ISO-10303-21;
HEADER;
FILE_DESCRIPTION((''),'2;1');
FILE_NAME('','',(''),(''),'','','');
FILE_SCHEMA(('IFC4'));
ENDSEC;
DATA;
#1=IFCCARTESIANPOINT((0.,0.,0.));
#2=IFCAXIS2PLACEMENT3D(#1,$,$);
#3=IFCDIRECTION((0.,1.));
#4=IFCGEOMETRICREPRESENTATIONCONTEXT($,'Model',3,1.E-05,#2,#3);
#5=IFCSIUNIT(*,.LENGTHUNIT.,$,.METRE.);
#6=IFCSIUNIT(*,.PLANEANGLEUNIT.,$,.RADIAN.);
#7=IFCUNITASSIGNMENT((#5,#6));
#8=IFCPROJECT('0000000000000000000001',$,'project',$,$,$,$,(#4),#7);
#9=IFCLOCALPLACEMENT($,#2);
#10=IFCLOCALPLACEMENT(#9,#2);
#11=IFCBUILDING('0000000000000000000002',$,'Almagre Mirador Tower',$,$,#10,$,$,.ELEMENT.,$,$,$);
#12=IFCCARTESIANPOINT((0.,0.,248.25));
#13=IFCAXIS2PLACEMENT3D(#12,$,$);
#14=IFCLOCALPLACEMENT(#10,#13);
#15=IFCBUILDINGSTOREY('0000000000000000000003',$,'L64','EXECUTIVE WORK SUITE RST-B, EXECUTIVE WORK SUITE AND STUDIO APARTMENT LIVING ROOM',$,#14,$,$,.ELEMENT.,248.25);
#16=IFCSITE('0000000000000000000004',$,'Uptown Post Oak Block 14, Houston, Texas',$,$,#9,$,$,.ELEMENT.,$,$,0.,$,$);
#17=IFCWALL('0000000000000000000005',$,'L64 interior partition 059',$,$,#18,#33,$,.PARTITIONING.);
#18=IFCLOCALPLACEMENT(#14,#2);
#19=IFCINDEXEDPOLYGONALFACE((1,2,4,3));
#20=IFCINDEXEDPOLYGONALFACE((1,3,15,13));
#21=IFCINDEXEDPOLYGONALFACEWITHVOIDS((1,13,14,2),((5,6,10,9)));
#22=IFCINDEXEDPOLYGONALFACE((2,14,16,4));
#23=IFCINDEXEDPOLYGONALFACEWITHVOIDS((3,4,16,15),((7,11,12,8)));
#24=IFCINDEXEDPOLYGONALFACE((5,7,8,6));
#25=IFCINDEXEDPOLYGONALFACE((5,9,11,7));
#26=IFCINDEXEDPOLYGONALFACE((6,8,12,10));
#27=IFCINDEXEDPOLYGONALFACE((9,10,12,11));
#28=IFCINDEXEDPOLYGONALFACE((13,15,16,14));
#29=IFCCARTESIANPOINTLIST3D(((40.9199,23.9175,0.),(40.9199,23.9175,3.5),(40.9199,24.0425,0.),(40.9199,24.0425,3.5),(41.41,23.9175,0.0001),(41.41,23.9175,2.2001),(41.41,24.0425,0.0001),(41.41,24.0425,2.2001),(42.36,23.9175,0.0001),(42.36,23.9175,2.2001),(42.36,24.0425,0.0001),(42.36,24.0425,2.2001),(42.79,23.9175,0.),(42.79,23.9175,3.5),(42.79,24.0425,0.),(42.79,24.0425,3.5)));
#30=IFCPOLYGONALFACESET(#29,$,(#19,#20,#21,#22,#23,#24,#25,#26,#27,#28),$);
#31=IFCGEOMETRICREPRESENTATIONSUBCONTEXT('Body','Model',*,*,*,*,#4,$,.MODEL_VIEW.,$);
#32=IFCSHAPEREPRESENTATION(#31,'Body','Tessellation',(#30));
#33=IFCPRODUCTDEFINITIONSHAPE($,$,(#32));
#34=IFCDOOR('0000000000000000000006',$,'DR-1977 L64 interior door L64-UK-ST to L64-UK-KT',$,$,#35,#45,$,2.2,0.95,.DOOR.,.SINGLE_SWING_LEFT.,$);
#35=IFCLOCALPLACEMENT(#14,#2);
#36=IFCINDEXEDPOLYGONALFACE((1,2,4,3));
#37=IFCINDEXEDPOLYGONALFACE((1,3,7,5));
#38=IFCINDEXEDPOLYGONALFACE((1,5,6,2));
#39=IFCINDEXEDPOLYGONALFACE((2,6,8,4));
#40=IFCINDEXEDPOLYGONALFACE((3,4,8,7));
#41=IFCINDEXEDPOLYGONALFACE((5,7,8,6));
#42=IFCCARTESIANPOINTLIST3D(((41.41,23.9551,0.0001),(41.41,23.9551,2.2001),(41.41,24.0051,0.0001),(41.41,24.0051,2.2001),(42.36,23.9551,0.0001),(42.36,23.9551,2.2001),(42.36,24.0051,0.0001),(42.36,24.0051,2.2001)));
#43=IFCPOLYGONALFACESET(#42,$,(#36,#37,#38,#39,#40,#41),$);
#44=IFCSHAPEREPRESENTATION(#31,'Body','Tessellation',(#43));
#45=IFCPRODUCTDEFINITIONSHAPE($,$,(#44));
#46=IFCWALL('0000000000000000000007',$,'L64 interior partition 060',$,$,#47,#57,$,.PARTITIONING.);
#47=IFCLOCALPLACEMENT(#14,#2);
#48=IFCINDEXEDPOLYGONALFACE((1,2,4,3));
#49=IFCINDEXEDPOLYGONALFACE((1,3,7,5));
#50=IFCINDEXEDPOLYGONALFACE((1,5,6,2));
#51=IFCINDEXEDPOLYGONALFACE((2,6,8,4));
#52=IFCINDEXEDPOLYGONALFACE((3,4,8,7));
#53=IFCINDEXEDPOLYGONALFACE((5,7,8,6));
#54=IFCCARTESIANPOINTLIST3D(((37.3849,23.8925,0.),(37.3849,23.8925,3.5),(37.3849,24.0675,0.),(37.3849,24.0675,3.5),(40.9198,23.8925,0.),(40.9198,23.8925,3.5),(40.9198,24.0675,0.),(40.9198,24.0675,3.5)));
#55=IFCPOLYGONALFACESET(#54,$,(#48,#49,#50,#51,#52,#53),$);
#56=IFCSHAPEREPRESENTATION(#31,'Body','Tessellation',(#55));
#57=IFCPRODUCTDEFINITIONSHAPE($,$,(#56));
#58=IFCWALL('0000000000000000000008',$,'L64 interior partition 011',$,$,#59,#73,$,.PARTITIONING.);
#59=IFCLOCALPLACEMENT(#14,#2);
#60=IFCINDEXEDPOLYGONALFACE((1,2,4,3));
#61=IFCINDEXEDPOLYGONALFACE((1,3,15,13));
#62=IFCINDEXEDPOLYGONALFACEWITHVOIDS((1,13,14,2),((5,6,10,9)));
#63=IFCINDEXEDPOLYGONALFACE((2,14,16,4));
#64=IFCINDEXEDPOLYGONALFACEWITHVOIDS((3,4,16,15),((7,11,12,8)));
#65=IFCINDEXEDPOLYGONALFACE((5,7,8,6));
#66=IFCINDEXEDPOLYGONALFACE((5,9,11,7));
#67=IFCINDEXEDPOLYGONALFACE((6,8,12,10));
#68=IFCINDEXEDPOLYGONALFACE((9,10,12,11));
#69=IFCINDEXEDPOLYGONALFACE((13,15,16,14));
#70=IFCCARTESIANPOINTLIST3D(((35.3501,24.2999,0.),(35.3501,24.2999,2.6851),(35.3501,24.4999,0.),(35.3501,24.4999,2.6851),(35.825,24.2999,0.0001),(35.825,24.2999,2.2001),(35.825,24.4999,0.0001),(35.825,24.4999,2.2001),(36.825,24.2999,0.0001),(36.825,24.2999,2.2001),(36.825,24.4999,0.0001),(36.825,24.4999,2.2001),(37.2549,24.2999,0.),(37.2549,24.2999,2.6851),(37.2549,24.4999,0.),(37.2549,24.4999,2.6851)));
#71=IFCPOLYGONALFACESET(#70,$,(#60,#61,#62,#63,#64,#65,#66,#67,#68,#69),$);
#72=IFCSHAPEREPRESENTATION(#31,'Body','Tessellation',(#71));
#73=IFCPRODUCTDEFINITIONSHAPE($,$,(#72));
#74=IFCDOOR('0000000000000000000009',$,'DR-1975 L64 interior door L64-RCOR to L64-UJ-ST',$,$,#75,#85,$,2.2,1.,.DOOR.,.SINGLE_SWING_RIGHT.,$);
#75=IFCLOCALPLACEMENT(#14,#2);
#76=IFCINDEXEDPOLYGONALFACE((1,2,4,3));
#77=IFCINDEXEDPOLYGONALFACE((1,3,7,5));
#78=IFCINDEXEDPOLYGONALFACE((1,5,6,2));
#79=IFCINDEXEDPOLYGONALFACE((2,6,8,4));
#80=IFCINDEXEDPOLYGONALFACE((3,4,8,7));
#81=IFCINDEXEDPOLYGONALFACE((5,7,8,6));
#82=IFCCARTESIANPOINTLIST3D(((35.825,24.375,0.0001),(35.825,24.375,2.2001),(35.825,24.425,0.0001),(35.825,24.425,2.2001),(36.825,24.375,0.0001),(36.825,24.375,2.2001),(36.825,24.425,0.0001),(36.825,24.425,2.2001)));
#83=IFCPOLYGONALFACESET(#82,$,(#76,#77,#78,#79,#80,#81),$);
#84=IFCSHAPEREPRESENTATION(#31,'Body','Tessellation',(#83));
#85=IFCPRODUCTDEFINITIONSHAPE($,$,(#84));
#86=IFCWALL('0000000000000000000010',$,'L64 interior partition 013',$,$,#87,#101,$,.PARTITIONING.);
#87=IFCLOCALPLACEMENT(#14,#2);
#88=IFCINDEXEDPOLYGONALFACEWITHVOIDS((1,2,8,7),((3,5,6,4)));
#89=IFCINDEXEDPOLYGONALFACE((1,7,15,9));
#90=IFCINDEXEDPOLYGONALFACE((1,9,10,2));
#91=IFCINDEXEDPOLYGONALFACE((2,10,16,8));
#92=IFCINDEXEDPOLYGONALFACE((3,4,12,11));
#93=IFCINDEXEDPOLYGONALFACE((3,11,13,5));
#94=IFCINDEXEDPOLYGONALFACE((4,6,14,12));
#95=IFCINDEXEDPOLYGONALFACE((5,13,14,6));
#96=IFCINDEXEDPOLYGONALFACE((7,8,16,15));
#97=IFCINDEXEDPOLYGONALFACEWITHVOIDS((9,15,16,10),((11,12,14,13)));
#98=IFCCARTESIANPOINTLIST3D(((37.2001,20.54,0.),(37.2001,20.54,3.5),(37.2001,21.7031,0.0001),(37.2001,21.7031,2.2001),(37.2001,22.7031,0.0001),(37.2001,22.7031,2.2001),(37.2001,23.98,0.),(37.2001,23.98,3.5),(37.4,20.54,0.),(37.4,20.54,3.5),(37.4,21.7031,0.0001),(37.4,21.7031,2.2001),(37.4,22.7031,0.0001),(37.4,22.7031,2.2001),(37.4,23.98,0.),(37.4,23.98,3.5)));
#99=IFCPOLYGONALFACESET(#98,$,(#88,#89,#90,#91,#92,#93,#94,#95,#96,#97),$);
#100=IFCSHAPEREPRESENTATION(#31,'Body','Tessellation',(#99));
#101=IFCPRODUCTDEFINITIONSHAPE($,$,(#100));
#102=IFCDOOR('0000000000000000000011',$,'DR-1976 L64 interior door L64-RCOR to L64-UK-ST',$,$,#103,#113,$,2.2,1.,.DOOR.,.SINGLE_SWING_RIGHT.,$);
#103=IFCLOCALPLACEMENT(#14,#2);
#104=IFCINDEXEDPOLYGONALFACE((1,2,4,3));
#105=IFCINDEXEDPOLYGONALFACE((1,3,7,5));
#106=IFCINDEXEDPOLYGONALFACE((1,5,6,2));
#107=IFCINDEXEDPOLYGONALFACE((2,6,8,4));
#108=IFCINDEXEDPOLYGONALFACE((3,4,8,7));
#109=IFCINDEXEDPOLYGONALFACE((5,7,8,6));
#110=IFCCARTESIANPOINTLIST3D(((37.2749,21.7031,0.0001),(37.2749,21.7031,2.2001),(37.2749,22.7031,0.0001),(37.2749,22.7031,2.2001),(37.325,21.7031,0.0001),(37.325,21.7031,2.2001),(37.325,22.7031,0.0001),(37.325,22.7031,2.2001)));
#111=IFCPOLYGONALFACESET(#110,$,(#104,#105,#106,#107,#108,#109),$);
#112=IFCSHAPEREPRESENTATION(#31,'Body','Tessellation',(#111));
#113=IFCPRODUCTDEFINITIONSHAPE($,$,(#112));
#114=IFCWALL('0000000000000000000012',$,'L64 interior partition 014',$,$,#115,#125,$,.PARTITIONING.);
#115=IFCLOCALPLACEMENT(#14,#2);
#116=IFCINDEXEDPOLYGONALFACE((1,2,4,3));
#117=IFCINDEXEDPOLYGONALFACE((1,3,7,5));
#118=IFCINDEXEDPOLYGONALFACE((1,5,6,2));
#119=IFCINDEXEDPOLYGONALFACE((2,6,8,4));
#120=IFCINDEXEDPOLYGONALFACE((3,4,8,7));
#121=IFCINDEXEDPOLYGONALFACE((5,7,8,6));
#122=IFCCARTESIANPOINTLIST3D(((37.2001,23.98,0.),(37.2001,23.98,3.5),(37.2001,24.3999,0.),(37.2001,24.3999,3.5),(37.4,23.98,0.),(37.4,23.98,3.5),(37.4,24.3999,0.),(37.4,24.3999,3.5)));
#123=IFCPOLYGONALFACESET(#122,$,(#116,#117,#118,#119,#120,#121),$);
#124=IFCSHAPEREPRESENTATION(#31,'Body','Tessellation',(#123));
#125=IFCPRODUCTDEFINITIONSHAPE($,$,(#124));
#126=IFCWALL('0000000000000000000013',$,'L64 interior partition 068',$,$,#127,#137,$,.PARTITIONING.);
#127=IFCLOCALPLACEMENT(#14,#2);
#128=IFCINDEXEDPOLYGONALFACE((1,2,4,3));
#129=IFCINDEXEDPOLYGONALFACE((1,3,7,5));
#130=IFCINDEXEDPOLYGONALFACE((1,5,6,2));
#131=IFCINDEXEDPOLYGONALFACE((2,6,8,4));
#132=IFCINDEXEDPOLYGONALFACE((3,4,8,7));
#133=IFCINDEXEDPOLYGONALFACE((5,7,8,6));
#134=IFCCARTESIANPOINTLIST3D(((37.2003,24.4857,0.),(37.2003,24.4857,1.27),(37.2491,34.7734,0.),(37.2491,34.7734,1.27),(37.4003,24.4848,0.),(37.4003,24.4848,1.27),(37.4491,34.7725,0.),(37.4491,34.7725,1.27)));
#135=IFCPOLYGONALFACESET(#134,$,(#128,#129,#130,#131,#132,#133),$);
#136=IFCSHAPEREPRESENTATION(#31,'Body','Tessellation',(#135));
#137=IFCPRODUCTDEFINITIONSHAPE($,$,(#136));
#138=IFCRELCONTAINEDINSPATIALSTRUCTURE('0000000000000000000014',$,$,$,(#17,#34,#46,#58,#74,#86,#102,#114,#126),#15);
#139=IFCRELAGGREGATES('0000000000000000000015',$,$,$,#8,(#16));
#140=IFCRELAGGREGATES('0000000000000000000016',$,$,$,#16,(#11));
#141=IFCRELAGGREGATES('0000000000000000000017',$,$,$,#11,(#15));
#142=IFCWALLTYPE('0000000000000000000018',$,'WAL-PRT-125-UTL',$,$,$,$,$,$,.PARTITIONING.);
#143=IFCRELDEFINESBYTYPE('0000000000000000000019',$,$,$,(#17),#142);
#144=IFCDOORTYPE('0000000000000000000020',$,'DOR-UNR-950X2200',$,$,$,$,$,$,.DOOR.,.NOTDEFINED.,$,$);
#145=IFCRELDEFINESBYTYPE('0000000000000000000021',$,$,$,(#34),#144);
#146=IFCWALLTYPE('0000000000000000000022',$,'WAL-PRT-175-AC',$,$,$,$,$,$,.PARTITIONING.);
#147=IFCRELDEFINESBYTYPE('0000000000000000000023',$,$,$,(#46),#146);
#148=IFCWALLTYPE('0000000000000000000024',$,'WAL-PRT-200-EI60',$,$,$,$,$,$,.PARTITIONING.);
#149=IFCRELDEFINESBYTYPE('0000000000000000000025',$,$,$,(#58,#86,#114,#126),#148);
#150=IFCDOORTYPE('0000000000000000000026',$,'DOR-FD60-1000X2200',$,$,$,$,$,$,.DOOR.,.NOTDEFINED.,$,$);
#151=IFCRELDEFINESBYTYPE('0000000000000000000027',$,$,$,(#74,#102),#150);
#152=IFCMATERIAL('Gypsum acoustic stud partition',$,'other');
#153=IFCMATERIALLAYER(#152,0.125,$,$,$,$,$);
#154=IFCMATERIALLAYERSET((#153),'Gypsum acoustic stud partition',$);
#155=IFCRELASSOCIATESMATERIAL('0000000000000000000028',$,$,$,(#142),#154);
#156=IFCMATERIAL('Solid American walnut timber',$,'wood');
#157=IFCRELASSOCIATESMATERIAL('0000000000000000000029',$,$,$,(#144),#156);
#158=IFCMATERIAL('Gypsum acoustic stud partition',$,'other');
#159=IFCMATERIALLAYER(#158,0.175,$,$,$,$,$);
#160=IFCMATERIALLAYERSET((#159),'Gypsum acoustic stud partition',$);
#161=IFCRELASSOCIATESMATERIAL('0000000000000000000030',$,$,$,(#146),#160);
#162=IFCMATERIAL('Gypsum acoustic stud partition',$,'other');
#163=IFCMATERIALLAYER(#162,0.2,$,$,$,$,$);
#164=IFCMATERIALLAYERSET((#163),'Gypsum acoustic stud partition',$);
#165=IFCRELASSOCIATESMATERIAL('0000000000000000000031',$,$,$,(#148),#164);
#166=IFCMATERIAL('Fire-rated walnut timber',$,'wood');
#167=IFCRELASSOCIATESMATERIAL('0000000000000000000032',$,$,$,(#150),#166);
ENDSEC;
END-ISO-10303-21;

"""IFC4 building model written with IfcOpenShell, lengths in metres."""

from ifc_helpers import new_model, si_unit, direction, frame, frame_2d, origin, place, context, subcontext, project, spatial, rectangle, extrude, material, layer, layer_set, type_object, element, fill, save


model = new_model("IFC4")

# Units and contexts
model_context = context("Model", 3, precision=1e-05, world=origin(), true_north=direction((0.0, 1.0)))
body_context = subcontext(model_context, "Body", "Model", "MODEL_VIEW")
ifc_project = project(units=[si_unit("LENGTHUNIT", "METRE"), si_unit("PLANEANGLEUNIT", "RADIAN")], contexts=[model_context])

# Site, building, storey
site_placement = place(None, origin())
site = spatial("IfcSite", under=ifc_project, at=site_placement, Name="Uptown Post Oak Block 14, Houston, Texas", CompositionType="ELEMENT", RefElevation=0.0)
building_placement = place(site_placement, origin())
building = spatial("IfcBuilding", under=site, at=building_placement, Name="Almagre Mirador Tower", CompositionType="ELEMENT")
storey_placement = place(building_placement, frame((0.0, 0.0, 248.25)))
storey = spatial("IfcBuildingStorey", under=building, at=storey_placement, Name="L64", Description="EXECUTIVE WORK SUITE RST-B, EXECUTIVE WORK SUITE AND STUDIO APARTMENT LIVING ROOM", CompositionType="ELEMENT", Elevation=248.25)

# Wall, opening, door
ifc_material_1 = material(Name="Gypsum acoustic stud partition", Category="other")
ifc_layer_1 = layer(ifc_material_1, 0.125)
ifc_layer_set_1 = layer_set([ifc_layer_1], Name="Gypsum acoustic stud partition")
wall_type_1 = type_object("IfcWallType", Name="WAL-PRT-125-UTL", PredefinedType="PARTITIONING", material=ifc_layer_set_1)
wall_1_placement = place(storey_placement, frame((42.79, 23.98, 0.0), z_axis=(0.0, 0.0, 1.0), x_axis=(-1.0, 0.0, 0.0)))
wall_1 = element("IfcWall", 1, at=wall_1_placement, inside=storey, type_object=wall_type_1, Name="L64 interior partition 059", PredefinedType="PARTITIONING", context=body_context, shape_type="SweptSolid", body=[
    extrude(rectangle(XDim=1.8701, YDim=0.125, at=frame_2d((0.9351, 0.0))), origin(), (0.0, 0.0, 1.0), 3.5),
])
opening_1_placement = place(wall_1_placement, frame((0.4299, 0.0, 0.0)))
opening_1 = element("IfcOpeningElement", 2, at=opening_1_placement, cuts=wall_1, PredefinedType="OPENING", context=body_context, shape_type="SweptSolid", body=[
    extrude(rectangle(XDim=0.95, YDim=2.2, at=frame_2d((0.4751, 1.1001))), frame((0.0, 0.0725, 0.0), z_axis=(0.0, -1.0, 0.0), x_axis=(1.0, 0.0, 0.0)), (0.0, 0.0, 1.0), 0.145),
])
ifc_material_2 = material(Name="Solid American walnut timber", Category="wood")
door_type_1 = type_object("IfcDoorType", Name="DOR-UNR-950X2200", OperationType="NOTDEFINED", PredefinedType="DOOR", material=ifc_material_2)
door_1_placement = place(opening_1_placement, origin())
door_1 = element("IfcDoor", 3, at=door_1_placement, inside=storey, type_object=door_type_1, Name="DR-1977 L64 interior door L64-UK-ST to L64-UK-KT", OperationType="SINGLE_SWING_LEFT", OverallHeight=2.2, OverallWidth=0.95, PredefinedType="DOOR", context=body_context, shape_type="SweptSolid", body=[
    extrude(rectangle(XDim=0.95, YDim=2.2, at=frame_2d((0.4751, 1.1001))), frame((0.0, 0.0249, 0.0), z_axis=(0.0, -1.0, 0.0), x_axis=(1.0, 0.0, 0.0)), (0.0, 0.0, 1.0), 0.05),
])
fill(opening_1, door_1)

# Wall
ifc_material_3 = material(Name="Gypsum acoustic stud partition", Category="other")
ifc_layer_2 = layer(ifc_material_3, 0.175)
ifc_layer_set_2 = layer_set([ifc_layer_2], Name="Gypsum acoustic stud partition")
wall_type_2 = type_object("IfcWallType", Name="WAL-PRT-175-AC", PredefinedType="PARTITIONING", material=ifc_layer_set_2)
wall_2_placement = place(storey_placement, frame((40.9199, 23.98, 0.0), z_axis=(0.0, 0.0, 1.0), x_axis=(-1.0, 0.0, 0.0)))
element("IfcWall", 4, at=wall_2_placement, inside=storey, type_object=wall_type_2, Name="L64 interior partition 060", PredefinedType="PARTITIONING", context=body_context, shape_type="SweptSolid", body=[
    extrude(rectangle(XDim=3.5349, YDim=0.175, at=frame_2d((1.7676, 0.0))), origin(), (0.0, 0.0, 1.0), 3.5),
])

# Walls, openings, doors
ifc_material_4 = material(Name="Gypsum acoustic stud partition", Category="other")
ifc_layer_3 = layer(ifc_material_4, 0.2)
ifc_layer_set_3 = layer_set([ifc_layer_3], Name="Gypsum acoustic stud partition")
wall_type_3 = type_object("IfcWallType", Name="WAL-PRT-200-EI60", PredefinedType="PARTITIONING", material=ifc_layer_set_3)
wall_3_placement = place(storey_placement, frame((37.2549, 24.3999, 0.0), z_axis=(0.0, 0.0, 1.0), x_axis=(-1.0, 0.0, 0.0)))
wall_3 = element("IfcWall", 5, at=wall_3_placement, inside=storey, type_object=wall_type_3, Name="L64 interior partition 011", PredefinedType="PARTITIONING", context=body_context, shape_type="SweptSolid", body=[
    extrude(rectangle(XDim=1.9048, YDim=0.2, at=frame_2d((0.9524, 0.0))), origin(), (0.0, 0.0, 1.0), 2.6851),
])
opening_2_placement = place(wall_3_placement, frame((0.4299, 0.0, 0.0)))
opening_2 = element("IfcOpeningElement", 6, at=opening_2_placement, cuts=wall_3, PredefinedType="OPENING", context=body_context, shape_type="SweptSolid", body=[
    extrude(rectangle(XDim=1.0, YDim=2.2, at=frame_2d((0.5, 1.1001))), frame((0.0, 0.1101, 0.0), z_axis=(0.0, -1.0, 0.0), x_axis=(1.0, 0.0, 0.0)), (0.0, 0.0, 1.0), 0.22),
])
ifc_material_5 = material(Name="Fire-rated walnut timber", Category="wood")
door_type_2 = type_object("IfcDoorType", Name="DOR-FD60-1000X2200", OperationType="NOTDEFINED", PredefinedType="DOOR", material=ifc_material_5)
door_2_placement = place(opening_2_placement, origin())
door_2 = element("IfcDoor", 7, at=door_2_placement, inside=storey, type_object=door_type_2, Name="DR-1975 L64 interior door L64-RCOR to L64-UJ-ST", OperationType="SINGLE_SWING_RIGHT", OverallHeight=2.2, OverallWidth=1.0, PredefinedType="DOOR", context=body_context, shape_type="SweptSolid", body=[
    extrude(rectangle(XDim=1.0, YDim=2.2, at=frame_2d((0.5, 1.1001))), frame((0.0, 0.0249, 0.0), z_axis=(0.0, -1.0, 0.0), x_axis=(1.0, 0.0, 0.0)), (0.0, 0.0, 1.0), 0.05),
])
fill(opening_2, door_2)
wall_4_placement = place(storey_placement, frame((37.3, 23.98, 0.0), z_axis=(0.0, 0.0, 1.0), x_axis=(0.0, -1.0, 0.0)))
wall_4 = element("IfcWall", 8, at=wall_4_placement, inside=storey, type_object=wall_type_3, Name="L64 interior partition 013", PredefinedType="PARTITIONING", context=body_context, shape_type="SweptSolid", body=[
    extrude(rectangle(XDim=3.4399, YDim=0.2, at=frame_2d((1.72, 0.0))), origin(), (0.0, 0.0, 1.0), 3.5),
])
opening_3_placement = place(wall_4_placement, frame((1.2769, 0.0, 0.0)))
opening_3 = element("IfcOpeningElement", 9, at=opening_3_placement, cuts=wall_4, PredefinedType="OPENING", context=body_context, shape_type="SweptSolid", body=[
    extrude(rectangle(XDim=1.0, YDim=2.2, at=frame_2d((0.5, 1.1001))), frame((0.0, 0.1101, 0.0), z_axis=(0.0, -1.0, 0.0), x_axis=(1.0, 0.0, 0.0)), (0.0, 0.0, 1.0), 0.22),
])
door_3_placement = place(opening_3_placement, origin())
door_3 = element("IfcDoor", 10, at=door_3_placement, inside=storey, type_object=door_type_2, Name="DR-1976 L64 interior door L64-RCOR to L64-UK-ST", OperationType="SINGLE_SWING_RIGHT", OverallHeight=2.2, OverallWidth=1.0, PredefinedType="DOOR", context=body_context, shape_type="SweptSolid", body=[
    extrude(rectangle(XDim=1.0, YDim=2.2, at=frame_2d((0.5, 1.1001))), frame((0.0, 0.0249, 0.0), z_axis=(0.0, -1.0, 0.0), x_axis=(1.0, 0.0, 0.0)), (0.0, 0.0, 1.0), 0.05),
])
fill(opening_3, door_3)

# Walls
wall_5_placement = place(storey_placement, frame((37.3, 23.98, 0.0), z_axis=(0.0, 0.0, 1.0), x_axis=(0.0, 1.0, 0.0)))
element("IfcWall", 11, at=wall_5_placement, inside=storey, type_object=wall_type_3, Name="L64 interior partition 014", PredefinedType="PARTITIONING", context=body_context, shape_type="SweptSolid", body=[
    extrude(rectangle(XDim=0.4199, YDim=0.2, at=frame_2d((0.21, 0.0))), origin(), (0.0, 0.0, 1.0), 3.5),
])
wall_6_placement = place(storey_placement, frame((37.3003, 24.4851, 0.0), z_axis=(0.0, 0.0, 1.0), x_axis=(0.004746, 0.999989, 0.0)))
element("IfcWall", 12, at=wall_6_placement, inside=storey, type_object=wall_type_3, Name="L64 interior partition 068", PredefinedType="PARTITIONING", context=body_context, shape_type="SweptSolid", body=[
    extrude(rectangle(XDim=10.2878, YDim=0.2, at=frame_2d((5.144, 0.0))), origin(), (0.0, 0.0, 1.0), 1.27),
])

save(model, "model.ifc")
